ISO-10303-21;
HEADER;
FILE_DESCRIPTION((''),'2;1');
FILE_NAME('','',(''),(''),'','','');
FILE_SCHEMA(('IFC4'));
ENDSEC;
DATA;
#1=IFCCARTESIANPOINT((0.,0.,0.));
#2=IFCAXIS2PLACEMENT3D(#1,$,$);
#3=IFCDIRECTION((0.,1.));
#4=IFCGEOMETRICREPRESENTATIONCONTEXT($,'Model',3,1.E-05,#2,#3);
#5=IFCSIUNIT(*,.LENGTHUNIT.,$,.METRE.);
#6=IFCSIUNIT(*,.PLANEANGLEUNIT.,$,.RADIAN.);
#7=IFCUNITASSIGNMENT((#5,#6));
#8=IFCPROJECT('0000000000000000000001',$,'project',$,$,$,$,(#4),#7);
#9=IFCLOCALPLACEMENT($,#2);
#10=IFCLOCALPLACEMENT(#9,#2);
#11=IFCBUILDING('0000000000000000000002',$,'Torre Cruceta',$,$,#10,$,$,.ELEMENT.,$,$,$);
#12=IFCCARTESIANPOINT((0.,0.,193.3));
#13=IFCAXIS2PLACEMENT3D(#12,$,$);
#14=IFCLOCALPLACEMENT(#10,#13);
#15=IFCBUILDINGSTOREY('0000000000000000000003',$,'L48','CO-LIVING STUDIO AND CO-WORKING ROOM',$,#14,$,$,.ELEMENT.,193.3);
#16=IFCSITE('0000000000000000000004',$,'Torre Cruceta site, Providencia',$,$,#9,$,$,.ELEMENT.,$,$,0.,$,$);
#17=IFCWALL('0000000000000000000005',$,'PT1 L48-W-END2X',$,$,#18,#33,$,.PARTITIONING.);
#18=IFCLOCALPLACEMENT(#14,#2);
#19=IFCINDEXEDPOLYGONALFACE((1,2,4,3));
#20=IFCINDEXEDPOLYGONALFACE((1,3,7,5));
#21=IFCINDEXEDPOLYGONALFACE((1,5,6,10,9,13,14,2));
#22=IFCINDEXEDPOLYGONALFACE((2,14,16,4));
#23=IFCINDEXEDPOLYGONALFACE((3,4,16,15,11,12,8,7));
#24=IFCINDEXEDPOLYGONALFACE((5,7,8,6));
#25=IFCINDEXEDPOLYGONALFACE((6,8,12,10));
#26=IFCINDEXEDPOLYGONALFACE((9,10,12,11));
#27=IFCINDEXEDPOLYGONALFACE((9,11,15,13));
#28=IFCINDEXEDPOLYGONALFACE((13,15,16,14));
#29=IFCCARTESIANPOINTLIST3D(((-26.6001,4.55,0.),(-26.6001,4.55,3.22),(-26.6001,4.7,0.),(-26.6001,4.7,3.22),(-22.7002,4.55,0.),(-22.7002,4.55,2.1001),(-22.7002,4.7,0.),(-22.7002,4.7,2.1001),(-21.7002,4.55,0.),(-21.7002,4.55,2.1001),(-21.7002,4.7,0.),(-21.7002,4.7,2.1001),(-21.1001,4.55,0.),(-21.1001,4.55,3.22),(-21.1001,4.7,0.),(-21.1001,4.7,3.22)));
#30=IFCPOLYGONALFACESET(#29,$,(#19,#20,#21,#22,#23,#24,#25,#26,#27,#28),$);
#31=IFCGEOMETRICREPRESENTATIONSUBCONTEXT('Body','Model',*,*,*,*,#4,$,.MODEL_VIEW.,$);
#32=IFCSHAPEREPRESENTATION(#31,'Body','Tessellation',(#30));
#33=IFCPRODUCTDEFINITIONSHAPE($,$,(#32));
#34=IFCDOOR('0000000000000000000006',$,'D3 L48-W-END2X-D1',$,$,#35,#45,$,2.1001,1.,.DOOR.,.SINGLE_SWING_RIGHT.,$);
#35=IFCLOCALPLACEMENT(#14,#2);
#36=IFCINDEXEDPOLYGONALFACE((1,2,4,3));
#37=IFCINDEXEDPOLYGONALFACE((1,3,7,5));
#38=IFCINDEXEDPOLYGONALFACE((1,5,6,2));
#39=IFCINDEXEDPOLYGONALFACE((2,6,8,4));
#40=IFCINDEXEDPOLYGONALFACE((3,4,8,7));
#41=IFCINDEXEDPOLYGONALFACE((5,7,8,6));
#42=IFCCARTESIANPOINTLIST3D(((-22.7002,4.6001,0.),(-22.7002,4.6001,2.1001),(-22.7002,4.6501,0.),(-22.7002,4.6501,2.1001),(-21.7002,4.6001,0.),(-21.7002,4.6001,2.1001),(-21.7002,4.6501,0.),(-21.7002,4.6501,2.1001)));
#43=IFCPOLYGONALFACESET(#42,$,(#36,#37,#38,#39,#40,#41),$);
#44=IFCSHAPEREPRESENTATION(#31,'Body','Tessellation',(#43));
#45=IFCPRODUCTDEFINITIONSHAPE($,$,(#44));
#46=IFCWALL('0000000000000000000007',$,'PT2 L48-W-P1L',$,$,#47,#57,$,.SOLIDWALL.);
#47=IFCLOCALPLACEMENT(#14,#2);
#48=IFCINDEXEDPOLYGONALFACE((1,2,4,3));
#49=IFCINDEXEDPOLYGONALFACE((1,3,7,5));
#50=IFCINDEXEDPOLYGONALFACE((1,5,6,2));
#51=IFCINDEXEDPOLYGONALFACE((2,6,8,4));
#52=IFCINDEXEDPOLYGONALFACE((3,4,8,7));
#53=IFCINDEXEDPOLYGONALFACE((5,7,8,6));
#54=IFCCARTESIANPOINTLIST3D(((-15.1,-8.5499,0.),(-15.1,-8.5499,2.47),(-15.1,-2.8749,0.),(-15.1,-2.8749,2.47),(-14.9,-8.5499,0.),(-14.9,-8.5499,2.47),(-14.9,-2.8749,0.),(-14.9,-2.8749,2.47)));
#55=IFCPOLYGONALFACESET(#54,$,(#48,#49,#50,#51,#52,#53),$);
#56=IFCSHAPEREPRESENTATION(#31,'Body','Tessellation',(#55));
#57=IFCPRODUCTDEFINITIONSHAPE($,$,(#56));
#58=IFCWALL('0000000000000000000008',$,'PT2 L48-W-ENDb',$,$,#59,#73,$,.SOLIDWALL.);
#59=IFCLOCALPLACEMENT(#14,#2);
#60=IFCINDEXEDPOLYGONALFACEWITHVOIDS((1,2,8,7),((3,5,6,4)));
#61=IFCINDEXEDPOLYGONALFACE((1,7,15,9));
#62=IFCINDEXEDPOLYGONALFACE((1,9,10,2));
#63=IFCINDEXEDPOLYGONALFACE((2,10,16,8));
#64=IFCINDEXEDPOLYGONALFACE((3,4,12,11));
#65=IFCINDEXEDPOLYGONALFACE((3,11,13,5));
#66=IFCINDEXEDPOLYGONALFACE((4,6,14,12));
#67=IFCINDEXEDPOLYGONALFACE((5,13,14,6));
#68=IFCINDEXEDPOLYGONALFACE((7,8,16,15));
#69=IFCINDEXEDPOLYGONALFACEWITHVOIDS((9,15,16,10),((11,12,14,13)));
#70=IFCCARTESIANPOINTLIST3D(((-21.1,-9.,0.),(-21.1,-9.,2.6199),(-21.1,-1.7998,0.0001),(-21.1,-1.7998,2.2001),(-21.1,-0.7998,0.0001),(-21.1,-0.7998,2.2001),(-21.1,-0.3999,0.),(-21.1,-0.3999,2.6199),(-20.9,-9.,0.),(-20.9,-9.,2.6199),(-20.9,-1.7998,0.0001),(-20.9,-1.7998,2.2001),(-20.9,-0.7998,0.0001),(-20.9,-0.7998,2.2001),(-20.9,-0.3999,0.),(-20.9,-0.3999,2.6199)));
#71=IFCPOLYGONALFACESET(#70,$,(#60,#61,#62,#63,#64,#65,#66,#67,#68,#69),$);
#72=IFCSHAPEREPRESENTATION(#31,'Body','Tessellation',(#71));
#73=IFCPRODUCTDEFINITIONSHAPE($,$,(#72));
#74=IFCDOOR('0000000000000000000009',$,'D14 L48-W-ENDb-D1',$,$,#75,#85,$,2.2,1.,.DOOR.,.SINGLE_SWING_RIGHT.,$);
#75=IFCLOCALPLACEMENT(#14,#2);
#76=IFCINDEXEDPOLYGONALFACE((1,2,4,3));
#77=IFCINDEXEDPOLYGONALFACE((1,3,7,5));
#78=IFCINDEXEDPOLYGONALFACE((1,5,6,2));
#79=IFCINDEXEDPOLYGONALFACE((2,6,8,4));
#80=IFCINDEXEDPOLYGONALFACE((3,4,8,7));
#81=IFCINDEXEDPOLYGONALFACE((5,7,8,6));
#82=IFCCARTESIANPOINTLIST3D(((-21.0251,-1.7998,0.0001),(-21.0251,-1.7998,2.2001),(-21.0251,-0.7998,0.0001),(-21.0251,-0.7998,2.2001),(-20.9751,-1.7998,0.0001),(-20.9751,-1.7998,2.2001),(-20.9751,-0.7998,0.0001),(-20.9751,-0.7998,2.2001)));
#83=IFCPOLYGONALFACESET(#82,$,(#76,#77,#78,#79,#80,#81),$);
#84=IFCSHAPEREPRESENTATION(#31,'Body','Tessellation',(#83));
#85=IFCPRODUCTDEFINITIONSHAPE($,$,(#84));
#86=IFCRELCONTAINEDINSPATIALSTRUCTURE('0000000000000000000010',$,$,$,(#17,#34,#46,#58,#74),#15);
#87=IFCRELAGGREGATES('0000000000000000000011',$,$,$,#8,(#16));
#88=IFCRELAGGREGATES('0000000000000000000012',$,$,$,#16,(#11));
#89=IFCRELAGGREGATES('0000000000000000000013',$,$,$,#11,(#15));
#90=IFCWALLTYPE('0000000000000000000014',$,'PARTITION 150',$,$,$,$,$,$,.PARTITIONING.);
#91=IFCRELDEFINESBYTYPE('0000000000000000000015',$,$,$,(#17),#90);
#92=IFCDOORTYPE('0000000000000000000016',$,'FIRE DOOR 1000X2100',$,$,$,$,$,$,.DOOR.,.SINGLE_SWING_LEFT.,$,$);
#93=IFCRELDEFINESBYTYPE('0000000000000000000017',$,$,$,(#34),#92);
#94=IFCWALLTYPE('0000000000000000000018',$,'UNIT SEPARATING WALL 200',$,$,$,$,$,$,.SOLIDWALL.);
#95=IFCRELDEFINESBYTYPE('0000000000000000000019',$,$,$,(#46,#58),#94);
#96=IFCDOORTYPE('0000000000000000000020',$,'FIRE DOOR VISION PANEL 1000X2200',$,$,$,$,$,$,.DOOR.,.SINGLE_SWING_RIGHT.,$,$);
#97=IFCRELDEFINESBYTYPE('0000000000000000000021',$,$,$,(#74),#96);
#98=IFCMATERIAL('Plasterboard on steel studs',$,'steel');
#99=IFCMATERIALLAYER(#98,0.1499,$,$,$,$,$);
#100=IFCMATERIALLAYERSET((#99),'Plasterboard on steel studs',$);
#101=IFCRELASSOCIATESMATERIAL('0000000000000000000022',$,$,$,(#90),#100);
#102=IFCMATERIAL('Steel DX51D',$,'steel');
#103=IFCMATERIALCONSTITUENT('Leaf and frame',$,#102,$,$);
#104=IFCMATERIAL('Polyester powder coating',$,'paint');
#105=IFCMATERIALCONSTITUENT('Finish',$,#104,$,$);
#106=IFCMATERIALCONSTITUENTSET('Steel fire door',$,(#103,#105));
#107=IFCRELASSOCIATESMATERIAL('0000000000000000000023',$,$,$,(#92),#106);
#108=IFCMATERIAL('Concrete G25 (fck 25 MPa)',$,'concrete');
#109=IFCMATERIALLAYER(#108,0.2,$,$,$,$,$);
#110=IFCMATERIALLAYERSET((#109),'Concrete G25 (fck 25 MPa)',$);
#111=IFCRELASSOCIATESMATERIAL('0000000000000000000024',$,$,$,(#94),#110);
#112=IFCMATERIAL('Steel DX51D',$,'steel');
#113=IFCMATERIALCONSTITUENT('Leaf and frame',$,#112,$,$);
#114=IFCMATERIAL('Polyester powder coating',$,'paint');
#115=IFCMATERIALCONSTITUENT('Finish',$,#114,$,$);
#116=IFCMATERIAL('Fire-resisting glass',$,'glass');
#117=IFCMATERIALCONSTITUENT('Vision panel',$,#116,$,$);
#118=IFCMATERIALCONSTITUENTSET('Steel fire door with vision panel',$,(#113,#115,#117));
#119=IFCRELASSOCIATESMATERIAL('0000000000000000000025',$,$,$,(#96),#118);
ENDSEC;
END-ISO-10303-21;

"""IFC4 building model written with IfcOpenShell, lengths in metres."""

from ifc_helpers import new_model, si_unit, direction, frame, frame_2d, origin, place, context, subcontext, project, spatial, rectangle, extrude, material, layer, layer_set, constituent, constituent_set, type_object, element, fill, save


model = new_model("IFC4")

# Units and contexts
model_context = context("Model", 3, precision=1e-05, world=origin(), true_north=direction((0.0, 1.0)))
body_context = subcontext(model_context, "Body", "Model", "MODEL_VIEW")
ifc_project = project(units=[si_unit("LENGTHUNIT", "METRE"), si_unit("PLANEANGLEUNIT", "RADIAN")], contexts=[model_context])

# Site, building, storey
site_placement = place(None, origin())
site = spatial("IfcSite", under=ifc_project, at=site_placement, Name="Torre Cruceta site, Providencia", CompositionType="ELEMENT", RefElevation=0.0)
building_placement = place(site_placement, origin())
building = spatial("IfcBuilding", under=site, at=building_placement, Name="Torre Cruceta", CompositionType="ELEMENT")
storey_placement = place(building_placement, frame((0.0, 0.0, 193.3)))
storey = spatial("IfcBuildingStorey", under=building, at=storey_placement, Name="L48", Description="CO-LIVING STUDIO AND CO-WORKING ROOM", CompositionType="ELEMENT", Elevation=193.3)

# Wall, opening, door
ifc_material_1 = material(Name="Plasterboard on steel studs", Category="steel")
ifc_layer_1 = layer(ifc_material_1, 0.1499)
ifc_layer_set_1 = layer_set([ifc_layer_1], Name="Plasterboard on steel studs")
wall_type_1 = type_object("IfcWallType", Name="PARTITION 150", PredefinedType="PARTITIONING", material=ifc_layer_set_1)
wall_1_placement = place(storey_placement, frame((-21.1001, 4.625, 0.0), z_axis=(0.0, 0.0, 1.0), x_axis=(-1.0, 0.0, 0.0)))
wall_1 = element("IfcWall", 1, at=wall_1_placement, inside=storey, type_object=wall_type_1, Name="PT1 L48-W-END2X", PredefinedType="PARTITIONING", context=body_context, shape_type="SweptSolid", body=[
    extrude(rectangle(XDim=5.5, YDim=0.1499, at=frame_2d((2.75, 0.0))), origin(), (0.0, 0.0, 1.0), 3.22),
])
opening_1_placement = place(wall_1_placement, frame((0.6001, 0.0, 0.0)))
opening_1 = element("IfcOpeningElement", 2, at=opening_1_placement, cuts=wall_1, PredefinedType="OPENING", context=body_context, shape_type="SweptSolid", body=[
    extrude(rectangle(XDim=1.0, YDim=2.1001, at=frame_2d((0.5, 1.05))), frame((0.0, 0.085, 0.0), z_axis=(0.0, -1.0, 0.0), x_axis=(1.0, 0.0, 0.0)), (0.0, 0.0, 1.0), 0.1699),
])
ifc_material_2 = material(Name="Steel DX51D", Category="steel")
ifc_constituent_1 = constituent(ifc_material_2, Name="Leaf and frame")
ifc_material_3 = material(Name="Polyester powder coating", Category="paint")
ifc_constituent_2 = constituent(ifc_material_3, Name="Finish")
ifc_constituent_set_1 = constituent_set(constituents=[ifc_constituent_1, ifc_constituent_2], Name="Steel fire door")
door_type_1 = type_object("IfcDoorType", Name="FIRE DOOR 1000X2100", OperationType="SINGLE_SWING_LEFT", PredefinedType="DOOR", material=ifc_constituent_set_1)
door_1_placement = place(opening_1_placement, frame((1.0, 0.0, 0.0), z_axis=(0.0, 0.0, 1.0), x_axis=(-1.0, 0.0, 0.0)))
door_1 = element("IfcDoor", 3, at=door_1_placement, inside=storey, type_object=door_type_1, Name="D3 L48-W-END2X-D1", OperationType="SINGLE_SWING_RIGHT", OverallHeight=2.1001, OverallWidth=1.0, PredefinedType="DOOR", context=body_context, shape_type="SweptSolid", body=[
    extrude(rectangle(XDim=1.0, YDim=2.1001, at=frame_2d((0.5, 1.05))), frame((0.0, 0.0251, 0.0), z_axis=(0.0, -1.0, 0.0), x_axis=(1.0, 0.0, 0.0)), (0.0, 0.0, 1.0), 0.05),
])
fill(opening_1, door_1)

# Wall
ifc_material_4 = material(Name="Concrete G25 (fck 25 MPa)", Category="concrete")
ifc_layer_2 = layer(ifc_material_4, 0.2)
ifc_layer_set_2 = layer_set([ifc_layer_2], Name="Concrete G25 (fck 25 MPa)")
wall_type_2 = type_object("IfcWallType", Name="UNIT SEPARATING WALL 200", PredefinedType="SOLIDWALL", material=ifc_layer_set_2)
wall_2_placement = place(storey_placement, frame((-15.0, -2.875, 0.0), z_axis=(0.0, 0.0, 1.0), x_axis=(0.0, -1.0, 0.0)))
element("IfcWall", 4, at=wall_2_placement, inside=storey, type_object=wall_type_2, Name="PT2 L48-W-P1L", PredefinedType="SOLIDWALL", context=body_context, shape_type="SweptSolid", body=[
    extrude(rectangle(XDim=5.675, YDim=0.2, at=frame_2d((2.8374, 0.0))), origin(), (0.0, 0.0, 1.0), 2.47),
])

# Wall, opening, door
wall_3_placement = place(storey_placement, frame((-21.0, -0.3999, 0.0), z_axis=(0.0, 0.0, 1.0), x_axis=(0.0, -1.0, 0.0)))
wall_3 = element("IfcWall", 5, at=wall_3_placement, inside=storey, type_object=wall_type_2, Name="PT2 L48-W-ENDb", PredefinedType="SOLIDWALL", context=body_context, shape_type="SweptSolid", body=[
    extrude(rectangle(XDim=8.6001, YDim=0.2, at=frame_2d((4.3, 0.0))), origin(), (0.0, 0.0, 1.0), 2.6199),
])
opening_2_placement = place(wall_3_placement, frame((0.3999, 0.0, 0.0)))
opening_2 = element("IfcOpeningElement", 6, at=opening_2_placement, cuts=wall_3, PredefinedType="OPENING", context=body_context, shape_type="SweptSolid", body=[
    extrude(rectangle(XDim=1.0, YDim=2.2, at=frame_2d((0.5, 1.1001))), frame((0.0, 0.1099, 0.0), z_axis=(0.0, -1.0, 0.0), x_axis=(1.0, 0.0, 0.0)), (0.0, 0.0, 1.0), 0.22),
])
ifc_material_5 = material(Name="Steel DX51D", Category="steel")
ifc_constituent_3 = constituent(ifc_material_5, Name="Leaf and frame")
ifc_material_6 = material(Name="Polyester powder coating", Category="paint")
ifc_constituent_4 = constituent(ifc_material_6, Name="Finish")
ifc_material_7 = material(Name="Fire-resisting glass", Category="glass")
ifc_constituent_5 = constituent(ifc_material_7, Name="Vision panel")
ifc_constituent_set_2 = constituent_set(constituents=[ifc_constituent_3, ifc_constituent_4, ifc_constituent_5], Name="Steel fire door with vision panel")
door_type_2 = type_object("IfcDoorType", Name="FIRE DOOR VISION PANEL 1000X2200", OperationType="SINGLE_SWING_RIGHT", PredefinedType="DOOR", material=ifc_constituent_set_2)
door_2_placement = place(opening_2_placement, frame((1.0, 0.0, 0.0), z_axis=(0.0, 0.0, 1.0), x_axis=(-1.0, 0.0, 0.0)))
door_2 = element("IfcDoor", 7, at=door_2_placement, inside=storey, type_object=door_type_2, Name="D14 L48-W-ENDb-D1", OperationType="SINGLE_SWING_RIGHT", OverallHeight=2.2, OverallWidth=1.0, PredefinedType="DOOR", context=body_context, shape_type="SweptSolid", body=[
    extrude(rectangle(XDim=1.0, YDim=2.2, at=frame_2d((0.5, 1.1001))), frame((0.0, 0.0251, 0.0), z_axis=(0.0, -1.0, 0.0), x_axis=(1.0, 0.0, 0.0)), (0.0, 0.0, 1.0), 0.05),
])
fill(opening_2, door_2)

save(model, "model.ifc")
